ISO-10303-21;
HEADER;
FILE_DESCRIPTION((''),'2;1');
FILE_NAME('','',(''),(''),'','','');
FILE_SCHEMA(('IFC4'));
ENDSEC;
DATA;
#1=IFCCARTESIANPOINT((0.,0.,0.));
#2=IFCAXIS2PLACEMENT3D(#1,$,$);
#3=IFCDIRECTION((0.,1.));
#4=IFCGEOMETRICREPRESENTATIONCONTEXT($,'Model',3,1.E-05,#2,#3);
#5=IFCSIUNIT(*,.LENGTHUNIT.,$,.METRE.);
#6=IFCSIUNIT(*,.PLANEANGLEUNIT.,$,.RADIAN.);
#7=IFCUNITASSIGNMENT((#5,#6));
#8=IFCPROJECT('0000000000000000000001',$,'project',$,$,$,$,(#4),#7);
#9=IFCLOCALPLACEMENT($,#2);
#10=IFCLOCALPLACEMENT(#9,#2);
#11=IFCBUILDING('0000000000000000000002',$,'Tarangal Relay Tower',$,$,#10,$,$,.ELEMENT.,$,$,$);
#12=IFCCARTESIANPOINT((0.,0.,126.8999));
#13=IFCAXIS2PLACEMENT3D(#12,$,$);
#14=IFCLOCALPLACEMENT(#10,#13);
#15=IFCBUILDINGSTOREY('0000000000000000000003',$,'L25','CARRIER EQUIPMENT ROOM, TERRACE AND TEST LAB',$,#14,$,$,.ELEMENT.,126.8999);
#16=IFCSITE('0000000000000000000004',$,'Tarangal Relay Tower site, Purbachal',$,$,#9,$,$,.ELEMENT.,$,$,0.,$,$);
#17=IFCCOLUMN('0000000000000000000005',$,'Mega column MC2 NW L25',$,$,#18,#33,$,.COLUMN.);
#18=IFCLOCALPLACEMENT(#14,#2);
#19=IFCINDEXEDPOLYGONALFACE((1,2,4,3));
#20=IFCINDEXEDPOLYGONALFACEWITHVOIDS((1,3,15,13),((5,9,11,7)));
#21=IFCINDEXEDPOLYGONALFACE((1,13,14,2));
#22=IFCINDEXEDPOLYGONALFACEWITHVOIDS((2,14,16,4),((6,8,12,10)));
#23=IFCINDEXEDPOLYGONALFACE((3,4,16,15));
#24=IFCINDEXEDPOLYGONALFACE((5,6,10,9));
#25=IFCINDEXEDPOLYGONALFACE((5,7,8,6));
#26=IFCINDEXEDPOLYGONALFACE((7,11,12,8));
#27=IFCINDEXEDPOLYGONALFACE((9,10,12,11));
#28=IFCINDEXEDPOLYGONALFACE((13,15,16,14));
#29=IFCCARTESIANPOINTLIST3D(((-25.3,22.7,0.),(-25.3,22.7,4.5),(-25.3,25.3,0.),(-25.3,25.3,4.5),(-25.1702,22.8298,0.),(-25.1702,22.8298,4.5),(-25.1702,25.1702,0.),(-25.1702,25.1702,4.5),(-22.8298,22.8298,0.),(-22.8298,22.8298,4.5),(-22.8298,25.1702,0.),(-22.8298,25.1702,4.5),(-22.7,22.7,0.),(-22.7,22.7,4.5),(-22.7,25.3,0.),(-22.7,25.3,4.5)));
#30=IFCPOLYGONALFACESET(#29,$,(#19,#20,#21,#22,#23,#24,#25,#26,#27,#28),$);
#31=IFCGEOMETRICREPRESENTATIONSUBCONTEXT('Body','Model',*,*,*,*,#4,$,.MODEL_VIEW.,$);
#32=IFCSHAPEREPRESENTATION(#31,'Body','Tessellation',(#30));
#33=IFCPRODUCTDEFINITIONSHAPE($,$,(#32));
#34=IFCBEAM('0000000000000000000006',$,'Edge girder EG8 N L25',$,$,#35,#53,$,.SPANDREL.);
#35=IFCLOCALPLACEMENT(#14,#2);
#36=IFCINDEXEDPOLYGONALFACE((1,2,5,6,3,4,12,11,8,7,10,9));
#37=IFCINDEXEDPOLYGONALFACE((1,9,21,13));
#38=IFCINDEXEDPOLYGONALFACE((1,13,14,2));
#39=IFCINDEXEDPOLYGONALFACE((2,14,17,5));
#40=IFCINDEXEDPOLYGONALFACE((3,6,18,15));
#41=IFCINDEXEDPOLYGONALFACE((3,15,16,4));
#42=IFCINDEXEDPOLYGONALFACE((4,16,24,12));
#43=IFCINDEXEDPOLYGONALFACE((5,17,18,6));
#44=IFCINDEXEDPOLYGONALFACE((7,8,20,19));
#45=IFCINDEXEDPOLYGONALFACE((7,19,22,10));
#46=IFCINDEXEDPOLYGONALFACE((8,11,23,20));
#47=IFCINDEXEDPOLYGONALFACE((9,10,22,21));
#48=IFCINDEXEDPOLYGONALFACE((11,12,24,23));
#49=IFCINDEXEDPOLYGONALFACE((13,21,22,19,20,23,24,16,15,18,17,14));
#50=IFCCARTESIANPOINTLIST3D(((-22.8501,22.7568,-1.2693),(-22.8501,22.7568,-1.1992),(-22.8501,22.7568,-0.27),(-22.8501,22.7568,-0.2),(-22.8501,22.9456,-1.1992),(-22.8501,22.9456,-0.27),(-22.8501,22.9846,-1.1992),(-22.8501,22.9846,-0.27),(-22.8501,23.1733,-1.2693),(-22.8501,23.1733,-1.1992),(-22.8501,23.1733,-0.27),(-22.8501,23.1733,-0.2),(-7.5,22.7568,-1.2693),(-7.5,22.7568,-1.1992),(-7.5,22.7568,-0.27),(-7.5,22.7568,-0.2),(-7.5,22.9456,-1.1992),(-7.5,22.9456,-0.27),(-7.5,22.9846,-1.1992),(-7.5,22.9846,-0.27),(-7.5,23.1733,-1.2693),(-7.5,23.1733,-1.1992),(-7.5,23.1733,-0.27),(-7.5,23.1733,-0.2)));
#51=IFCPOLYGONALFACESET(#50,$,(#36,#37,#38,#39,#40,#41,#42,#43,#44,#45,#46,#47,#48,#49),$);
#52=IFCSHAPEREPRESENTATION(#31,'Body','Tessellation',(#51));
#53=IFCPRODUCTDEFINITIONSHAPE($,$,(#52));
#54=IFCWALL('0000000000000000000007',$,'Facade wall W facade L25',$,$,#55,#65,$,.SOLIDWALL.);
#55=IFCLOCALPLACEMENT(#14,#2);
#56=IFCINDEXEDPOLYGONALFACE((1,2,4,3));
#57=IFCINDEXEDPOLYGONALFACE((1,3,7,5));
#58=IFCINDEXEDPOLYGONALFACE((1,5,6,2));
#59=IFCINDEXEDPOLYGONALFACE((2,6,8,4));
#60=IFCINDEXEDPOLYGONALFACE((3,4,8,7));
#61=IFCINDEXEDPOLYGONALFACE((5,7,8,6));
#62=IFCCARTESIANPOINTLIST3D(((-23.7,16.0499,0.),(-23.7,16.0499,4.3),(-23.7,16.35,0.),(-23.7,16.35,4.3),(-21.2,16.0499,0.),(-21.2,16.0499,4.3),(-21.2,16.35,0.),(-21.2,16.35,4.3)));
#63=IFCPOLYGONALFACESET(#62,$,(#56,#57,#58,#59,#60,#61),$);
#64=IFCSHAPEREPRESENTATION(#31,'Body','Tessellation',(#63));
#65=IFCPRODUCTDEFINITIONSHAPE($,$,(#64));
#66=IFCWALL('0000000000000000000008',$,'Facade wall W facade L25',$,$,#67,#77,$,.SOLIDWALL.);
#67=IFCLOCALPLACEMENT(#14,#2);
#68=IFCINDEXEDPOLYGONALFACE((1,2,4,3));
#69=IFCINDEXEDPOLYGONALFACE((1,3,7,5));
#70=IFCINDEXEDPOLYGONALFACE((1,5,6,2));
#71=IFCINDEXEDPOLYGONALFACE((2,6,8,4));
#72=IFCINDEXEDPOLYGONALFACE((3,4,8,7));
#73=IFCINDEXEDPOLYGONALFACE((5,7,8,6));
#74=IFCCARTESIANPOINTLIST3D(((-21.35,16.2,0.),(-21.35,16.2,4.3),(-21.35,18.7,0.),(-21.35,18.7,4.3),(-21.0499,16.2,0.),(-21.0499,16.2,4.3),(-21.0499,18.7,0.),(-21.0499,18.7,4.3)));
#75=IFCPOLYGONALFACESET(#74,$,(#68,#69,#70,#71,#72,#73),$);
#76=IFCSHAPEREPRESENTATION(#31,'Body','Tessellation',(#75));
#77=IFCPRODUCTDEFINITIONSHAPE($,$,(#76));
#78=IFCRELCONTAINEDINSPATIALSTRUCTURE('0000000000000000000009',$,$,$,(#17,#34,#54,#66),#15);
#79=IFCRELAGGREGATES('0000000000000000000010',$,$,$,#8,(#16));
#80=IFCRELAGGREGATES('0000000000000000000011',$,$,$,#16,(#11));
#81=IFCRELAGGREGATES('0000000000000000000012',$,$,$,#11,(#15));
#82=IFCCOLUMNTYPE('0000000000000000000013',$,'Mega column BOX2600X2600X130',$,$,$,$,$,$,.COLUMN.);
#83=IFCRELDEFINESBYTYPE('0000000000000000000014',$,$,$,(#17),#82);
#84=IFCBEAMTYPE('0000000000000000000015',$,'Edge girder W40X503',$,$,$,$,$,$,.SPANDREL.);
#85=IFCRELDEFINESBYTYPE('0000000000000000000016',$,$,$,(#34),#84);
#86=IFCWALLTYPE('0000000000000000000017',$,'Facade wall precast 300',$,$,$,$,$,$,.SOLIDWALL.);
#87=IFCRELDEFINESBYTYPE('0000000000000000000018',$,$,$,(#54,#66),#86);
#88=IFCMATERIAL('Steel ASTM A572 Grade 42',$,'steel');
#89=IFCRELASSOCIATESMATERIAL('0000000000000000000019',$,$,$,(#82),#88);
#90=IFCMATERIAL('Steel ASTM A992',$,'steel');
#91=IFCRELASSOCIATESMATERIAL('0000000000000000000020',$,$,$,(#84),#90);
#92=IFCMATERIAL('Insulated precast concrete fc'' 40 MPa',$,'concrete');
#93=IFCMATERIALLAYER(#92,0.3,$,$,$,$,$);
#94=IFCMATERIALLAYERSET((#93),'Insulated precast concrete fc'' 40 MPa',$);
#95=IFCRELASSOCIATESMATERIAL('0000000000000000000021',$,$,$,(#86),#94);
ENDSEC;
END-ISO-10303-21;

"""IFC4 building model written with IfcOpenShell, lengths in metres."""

from ifc_helpers import new_model, si_unit, direction, frame, frame_2d, origin, origin_2d, place, context, subcontext, project, spatial, rectangle, hollow_rectangle, i_section, extrude, material, layer, layer_set, material_profile, profile_set, type_object, element, save


model = new_model("IFC4")

# Units and contexts
model_context = context("Model", 3, precision=1e-05, world=origin(), true_north=direction((0.0, 1.0)))
body_context = subcontext(model_context, "Body", "Model", "MODEL_VIEW")
ifc_project = project(units=[si_unit("LENGTHUNIT", "METRE"), si_unit("PLANEANGLEUNIT", "RADIAN")], contexts=[model_context])

# Site, building, storey
site_placement = place(None, origin())
site = spatial("IfcSite", under=ifc_project, at=site_placement, Name="Tarangal Relay Tower site, Purbachal", CompositionType="ELEMENT", RefElevation=0.0)
building_placement = place(site_placement, origin())
building = spatial("IfcBuilding", under=site, at=building_placement, Name="Tarangal Relay Tower", CompositionType="ELEMENT")
storey_placement = place(building_placement, frame((0.0, 0.0, 126.8999)))
storey = spatial("IfcBuildingStorey", under=building, at=storey_placement, Name="L25", Description="CARRIER EQUIPMENT ROOM, TERRACE AND TEST LAB", CompositionType="ELEMENT", Elevation=126.8999)

# Column
ifc_material_1 = material(Name="Steel ASTM A572 Grade 42", Category="steel")
ifc_material_profile_1 = material_profile(ifc_material_1, hollow_rectangle(XDim=2.6001, YDim=2.6001, WallThickness=0.1299, at=origin_2d()), Name="BOX2600X2600X130")
ifc_profile_set_1 = profile_set([ifc_material_profile_1], Name="Steel ASTM A572 Grade 42")
column_type = type_object("IfcColumnType", Name="Mega column BOX2600X2600X130", PredefinedType="COLUMN", material=ifc_profile_set_1)
column_placement = place(storey_placement, frame((-24.0, 24.0, 0.0), z_axis=(0.0, 0.0, 1.0), x_axis=(1.0, 0.0, 0.0)))
element("IfcColumn", 1, at=column_placement, inside=storey, type_object=column_type, Name="Mega column MC2 NW L25", PredefinedType="COLUMN", context=body_context, shape_type="SweptSolid", body=[
    extrude(hollow_rectangle(XDim=2.6001, YDim=2.6001, WallThickness=0.1299, at=origin_2d()), origin(), (0.0, 0.0, 1.0), 4.5),
])

# Beam
ifc_material_2 = material(Name="Steel ASTM A992", Category="steel")
ifc_material_profile_2 = material_profile(ifc_material_2, i_section(OverallWidth=0.4165, OverallDepth=1.0693, WebThickness=0.0391, FlangeThickness=0.0701, at=origin_2d()), Name="W40X503")
ifc_profile_set_2 = profile_set([ifc_material_profile_2], Name="Steel ASTM A992")
beam_type = type_object("IfcBeamType", Name="Edge girder W40X503", PredefinedType="SPANDREL", material=ifc_profile_set_2)
beam_placement = place(storey_placement, frame((-22.8501, 22.9651, -0.7346), z_axis=(1.0, 0.0, 0.0), x_axis=(0.0, 1.0, 0.0)))
element("IfcBeam", 2, at=beam_placement, inside=storey, type_object=beam_type, Name="Edge girder EG8 N L25", PredefinedType="SPANDREL", context=body_context, shape_type="SweptSolid", body=[
    extrude(i_section(OverallWidth=0.4165, OverallDepth=1.0693, WebThickness=0.0391, FlangeThickness=0.0701, at=origin_2d()), origin(), (0.0, 0.0, 1.0), 15.3501),
])

# Walls
ifc_material_3 = material(Name="Insulated precast concrete fc' 40 MPa", Category="concrete")
ifc_layer = layer(ifc_material_3, 0.3)
ifc_layer_set = layer_set([ifc_layer], Name="Insulated precast concrete fc' 40 MPa")
wall_type = type_object("IfcWallType", Name="Facade wall precast 300", PredefinedType="SOLIDWALL", material=ifc_layer_set)
for number, where, z_axis, x_axis, name in (
    (3, (-23.7, 16.2, 0.0), (0.0, 0.0, 1.0), (1.0, 0.0, 0.0), "Facade wall W facade L25"),
    (4, (-21.2, 16.2, 0.0), (0.0, 0.0, 1.0), (0.0, 1.0, 0.0), "Facade wall W facade L25"),
):
    element("IfcWall", number, at=place(storey_placement, frame(where, z_axis=z_axis, x_axis=x_axis)), inside=storey, type_object=wall_type, Name=name, PredefinedType="SOLIDWALL", context=body_context, shape_type="SweptSolid", body=[
        extrude(rectangle(XDim=2.5, YDim=0.3, at=frame_2d((1.25, 0.0))), origin(), (0.0, 0.0, 1.0), 4.3),
    ])

save(model, "model.ifc")
